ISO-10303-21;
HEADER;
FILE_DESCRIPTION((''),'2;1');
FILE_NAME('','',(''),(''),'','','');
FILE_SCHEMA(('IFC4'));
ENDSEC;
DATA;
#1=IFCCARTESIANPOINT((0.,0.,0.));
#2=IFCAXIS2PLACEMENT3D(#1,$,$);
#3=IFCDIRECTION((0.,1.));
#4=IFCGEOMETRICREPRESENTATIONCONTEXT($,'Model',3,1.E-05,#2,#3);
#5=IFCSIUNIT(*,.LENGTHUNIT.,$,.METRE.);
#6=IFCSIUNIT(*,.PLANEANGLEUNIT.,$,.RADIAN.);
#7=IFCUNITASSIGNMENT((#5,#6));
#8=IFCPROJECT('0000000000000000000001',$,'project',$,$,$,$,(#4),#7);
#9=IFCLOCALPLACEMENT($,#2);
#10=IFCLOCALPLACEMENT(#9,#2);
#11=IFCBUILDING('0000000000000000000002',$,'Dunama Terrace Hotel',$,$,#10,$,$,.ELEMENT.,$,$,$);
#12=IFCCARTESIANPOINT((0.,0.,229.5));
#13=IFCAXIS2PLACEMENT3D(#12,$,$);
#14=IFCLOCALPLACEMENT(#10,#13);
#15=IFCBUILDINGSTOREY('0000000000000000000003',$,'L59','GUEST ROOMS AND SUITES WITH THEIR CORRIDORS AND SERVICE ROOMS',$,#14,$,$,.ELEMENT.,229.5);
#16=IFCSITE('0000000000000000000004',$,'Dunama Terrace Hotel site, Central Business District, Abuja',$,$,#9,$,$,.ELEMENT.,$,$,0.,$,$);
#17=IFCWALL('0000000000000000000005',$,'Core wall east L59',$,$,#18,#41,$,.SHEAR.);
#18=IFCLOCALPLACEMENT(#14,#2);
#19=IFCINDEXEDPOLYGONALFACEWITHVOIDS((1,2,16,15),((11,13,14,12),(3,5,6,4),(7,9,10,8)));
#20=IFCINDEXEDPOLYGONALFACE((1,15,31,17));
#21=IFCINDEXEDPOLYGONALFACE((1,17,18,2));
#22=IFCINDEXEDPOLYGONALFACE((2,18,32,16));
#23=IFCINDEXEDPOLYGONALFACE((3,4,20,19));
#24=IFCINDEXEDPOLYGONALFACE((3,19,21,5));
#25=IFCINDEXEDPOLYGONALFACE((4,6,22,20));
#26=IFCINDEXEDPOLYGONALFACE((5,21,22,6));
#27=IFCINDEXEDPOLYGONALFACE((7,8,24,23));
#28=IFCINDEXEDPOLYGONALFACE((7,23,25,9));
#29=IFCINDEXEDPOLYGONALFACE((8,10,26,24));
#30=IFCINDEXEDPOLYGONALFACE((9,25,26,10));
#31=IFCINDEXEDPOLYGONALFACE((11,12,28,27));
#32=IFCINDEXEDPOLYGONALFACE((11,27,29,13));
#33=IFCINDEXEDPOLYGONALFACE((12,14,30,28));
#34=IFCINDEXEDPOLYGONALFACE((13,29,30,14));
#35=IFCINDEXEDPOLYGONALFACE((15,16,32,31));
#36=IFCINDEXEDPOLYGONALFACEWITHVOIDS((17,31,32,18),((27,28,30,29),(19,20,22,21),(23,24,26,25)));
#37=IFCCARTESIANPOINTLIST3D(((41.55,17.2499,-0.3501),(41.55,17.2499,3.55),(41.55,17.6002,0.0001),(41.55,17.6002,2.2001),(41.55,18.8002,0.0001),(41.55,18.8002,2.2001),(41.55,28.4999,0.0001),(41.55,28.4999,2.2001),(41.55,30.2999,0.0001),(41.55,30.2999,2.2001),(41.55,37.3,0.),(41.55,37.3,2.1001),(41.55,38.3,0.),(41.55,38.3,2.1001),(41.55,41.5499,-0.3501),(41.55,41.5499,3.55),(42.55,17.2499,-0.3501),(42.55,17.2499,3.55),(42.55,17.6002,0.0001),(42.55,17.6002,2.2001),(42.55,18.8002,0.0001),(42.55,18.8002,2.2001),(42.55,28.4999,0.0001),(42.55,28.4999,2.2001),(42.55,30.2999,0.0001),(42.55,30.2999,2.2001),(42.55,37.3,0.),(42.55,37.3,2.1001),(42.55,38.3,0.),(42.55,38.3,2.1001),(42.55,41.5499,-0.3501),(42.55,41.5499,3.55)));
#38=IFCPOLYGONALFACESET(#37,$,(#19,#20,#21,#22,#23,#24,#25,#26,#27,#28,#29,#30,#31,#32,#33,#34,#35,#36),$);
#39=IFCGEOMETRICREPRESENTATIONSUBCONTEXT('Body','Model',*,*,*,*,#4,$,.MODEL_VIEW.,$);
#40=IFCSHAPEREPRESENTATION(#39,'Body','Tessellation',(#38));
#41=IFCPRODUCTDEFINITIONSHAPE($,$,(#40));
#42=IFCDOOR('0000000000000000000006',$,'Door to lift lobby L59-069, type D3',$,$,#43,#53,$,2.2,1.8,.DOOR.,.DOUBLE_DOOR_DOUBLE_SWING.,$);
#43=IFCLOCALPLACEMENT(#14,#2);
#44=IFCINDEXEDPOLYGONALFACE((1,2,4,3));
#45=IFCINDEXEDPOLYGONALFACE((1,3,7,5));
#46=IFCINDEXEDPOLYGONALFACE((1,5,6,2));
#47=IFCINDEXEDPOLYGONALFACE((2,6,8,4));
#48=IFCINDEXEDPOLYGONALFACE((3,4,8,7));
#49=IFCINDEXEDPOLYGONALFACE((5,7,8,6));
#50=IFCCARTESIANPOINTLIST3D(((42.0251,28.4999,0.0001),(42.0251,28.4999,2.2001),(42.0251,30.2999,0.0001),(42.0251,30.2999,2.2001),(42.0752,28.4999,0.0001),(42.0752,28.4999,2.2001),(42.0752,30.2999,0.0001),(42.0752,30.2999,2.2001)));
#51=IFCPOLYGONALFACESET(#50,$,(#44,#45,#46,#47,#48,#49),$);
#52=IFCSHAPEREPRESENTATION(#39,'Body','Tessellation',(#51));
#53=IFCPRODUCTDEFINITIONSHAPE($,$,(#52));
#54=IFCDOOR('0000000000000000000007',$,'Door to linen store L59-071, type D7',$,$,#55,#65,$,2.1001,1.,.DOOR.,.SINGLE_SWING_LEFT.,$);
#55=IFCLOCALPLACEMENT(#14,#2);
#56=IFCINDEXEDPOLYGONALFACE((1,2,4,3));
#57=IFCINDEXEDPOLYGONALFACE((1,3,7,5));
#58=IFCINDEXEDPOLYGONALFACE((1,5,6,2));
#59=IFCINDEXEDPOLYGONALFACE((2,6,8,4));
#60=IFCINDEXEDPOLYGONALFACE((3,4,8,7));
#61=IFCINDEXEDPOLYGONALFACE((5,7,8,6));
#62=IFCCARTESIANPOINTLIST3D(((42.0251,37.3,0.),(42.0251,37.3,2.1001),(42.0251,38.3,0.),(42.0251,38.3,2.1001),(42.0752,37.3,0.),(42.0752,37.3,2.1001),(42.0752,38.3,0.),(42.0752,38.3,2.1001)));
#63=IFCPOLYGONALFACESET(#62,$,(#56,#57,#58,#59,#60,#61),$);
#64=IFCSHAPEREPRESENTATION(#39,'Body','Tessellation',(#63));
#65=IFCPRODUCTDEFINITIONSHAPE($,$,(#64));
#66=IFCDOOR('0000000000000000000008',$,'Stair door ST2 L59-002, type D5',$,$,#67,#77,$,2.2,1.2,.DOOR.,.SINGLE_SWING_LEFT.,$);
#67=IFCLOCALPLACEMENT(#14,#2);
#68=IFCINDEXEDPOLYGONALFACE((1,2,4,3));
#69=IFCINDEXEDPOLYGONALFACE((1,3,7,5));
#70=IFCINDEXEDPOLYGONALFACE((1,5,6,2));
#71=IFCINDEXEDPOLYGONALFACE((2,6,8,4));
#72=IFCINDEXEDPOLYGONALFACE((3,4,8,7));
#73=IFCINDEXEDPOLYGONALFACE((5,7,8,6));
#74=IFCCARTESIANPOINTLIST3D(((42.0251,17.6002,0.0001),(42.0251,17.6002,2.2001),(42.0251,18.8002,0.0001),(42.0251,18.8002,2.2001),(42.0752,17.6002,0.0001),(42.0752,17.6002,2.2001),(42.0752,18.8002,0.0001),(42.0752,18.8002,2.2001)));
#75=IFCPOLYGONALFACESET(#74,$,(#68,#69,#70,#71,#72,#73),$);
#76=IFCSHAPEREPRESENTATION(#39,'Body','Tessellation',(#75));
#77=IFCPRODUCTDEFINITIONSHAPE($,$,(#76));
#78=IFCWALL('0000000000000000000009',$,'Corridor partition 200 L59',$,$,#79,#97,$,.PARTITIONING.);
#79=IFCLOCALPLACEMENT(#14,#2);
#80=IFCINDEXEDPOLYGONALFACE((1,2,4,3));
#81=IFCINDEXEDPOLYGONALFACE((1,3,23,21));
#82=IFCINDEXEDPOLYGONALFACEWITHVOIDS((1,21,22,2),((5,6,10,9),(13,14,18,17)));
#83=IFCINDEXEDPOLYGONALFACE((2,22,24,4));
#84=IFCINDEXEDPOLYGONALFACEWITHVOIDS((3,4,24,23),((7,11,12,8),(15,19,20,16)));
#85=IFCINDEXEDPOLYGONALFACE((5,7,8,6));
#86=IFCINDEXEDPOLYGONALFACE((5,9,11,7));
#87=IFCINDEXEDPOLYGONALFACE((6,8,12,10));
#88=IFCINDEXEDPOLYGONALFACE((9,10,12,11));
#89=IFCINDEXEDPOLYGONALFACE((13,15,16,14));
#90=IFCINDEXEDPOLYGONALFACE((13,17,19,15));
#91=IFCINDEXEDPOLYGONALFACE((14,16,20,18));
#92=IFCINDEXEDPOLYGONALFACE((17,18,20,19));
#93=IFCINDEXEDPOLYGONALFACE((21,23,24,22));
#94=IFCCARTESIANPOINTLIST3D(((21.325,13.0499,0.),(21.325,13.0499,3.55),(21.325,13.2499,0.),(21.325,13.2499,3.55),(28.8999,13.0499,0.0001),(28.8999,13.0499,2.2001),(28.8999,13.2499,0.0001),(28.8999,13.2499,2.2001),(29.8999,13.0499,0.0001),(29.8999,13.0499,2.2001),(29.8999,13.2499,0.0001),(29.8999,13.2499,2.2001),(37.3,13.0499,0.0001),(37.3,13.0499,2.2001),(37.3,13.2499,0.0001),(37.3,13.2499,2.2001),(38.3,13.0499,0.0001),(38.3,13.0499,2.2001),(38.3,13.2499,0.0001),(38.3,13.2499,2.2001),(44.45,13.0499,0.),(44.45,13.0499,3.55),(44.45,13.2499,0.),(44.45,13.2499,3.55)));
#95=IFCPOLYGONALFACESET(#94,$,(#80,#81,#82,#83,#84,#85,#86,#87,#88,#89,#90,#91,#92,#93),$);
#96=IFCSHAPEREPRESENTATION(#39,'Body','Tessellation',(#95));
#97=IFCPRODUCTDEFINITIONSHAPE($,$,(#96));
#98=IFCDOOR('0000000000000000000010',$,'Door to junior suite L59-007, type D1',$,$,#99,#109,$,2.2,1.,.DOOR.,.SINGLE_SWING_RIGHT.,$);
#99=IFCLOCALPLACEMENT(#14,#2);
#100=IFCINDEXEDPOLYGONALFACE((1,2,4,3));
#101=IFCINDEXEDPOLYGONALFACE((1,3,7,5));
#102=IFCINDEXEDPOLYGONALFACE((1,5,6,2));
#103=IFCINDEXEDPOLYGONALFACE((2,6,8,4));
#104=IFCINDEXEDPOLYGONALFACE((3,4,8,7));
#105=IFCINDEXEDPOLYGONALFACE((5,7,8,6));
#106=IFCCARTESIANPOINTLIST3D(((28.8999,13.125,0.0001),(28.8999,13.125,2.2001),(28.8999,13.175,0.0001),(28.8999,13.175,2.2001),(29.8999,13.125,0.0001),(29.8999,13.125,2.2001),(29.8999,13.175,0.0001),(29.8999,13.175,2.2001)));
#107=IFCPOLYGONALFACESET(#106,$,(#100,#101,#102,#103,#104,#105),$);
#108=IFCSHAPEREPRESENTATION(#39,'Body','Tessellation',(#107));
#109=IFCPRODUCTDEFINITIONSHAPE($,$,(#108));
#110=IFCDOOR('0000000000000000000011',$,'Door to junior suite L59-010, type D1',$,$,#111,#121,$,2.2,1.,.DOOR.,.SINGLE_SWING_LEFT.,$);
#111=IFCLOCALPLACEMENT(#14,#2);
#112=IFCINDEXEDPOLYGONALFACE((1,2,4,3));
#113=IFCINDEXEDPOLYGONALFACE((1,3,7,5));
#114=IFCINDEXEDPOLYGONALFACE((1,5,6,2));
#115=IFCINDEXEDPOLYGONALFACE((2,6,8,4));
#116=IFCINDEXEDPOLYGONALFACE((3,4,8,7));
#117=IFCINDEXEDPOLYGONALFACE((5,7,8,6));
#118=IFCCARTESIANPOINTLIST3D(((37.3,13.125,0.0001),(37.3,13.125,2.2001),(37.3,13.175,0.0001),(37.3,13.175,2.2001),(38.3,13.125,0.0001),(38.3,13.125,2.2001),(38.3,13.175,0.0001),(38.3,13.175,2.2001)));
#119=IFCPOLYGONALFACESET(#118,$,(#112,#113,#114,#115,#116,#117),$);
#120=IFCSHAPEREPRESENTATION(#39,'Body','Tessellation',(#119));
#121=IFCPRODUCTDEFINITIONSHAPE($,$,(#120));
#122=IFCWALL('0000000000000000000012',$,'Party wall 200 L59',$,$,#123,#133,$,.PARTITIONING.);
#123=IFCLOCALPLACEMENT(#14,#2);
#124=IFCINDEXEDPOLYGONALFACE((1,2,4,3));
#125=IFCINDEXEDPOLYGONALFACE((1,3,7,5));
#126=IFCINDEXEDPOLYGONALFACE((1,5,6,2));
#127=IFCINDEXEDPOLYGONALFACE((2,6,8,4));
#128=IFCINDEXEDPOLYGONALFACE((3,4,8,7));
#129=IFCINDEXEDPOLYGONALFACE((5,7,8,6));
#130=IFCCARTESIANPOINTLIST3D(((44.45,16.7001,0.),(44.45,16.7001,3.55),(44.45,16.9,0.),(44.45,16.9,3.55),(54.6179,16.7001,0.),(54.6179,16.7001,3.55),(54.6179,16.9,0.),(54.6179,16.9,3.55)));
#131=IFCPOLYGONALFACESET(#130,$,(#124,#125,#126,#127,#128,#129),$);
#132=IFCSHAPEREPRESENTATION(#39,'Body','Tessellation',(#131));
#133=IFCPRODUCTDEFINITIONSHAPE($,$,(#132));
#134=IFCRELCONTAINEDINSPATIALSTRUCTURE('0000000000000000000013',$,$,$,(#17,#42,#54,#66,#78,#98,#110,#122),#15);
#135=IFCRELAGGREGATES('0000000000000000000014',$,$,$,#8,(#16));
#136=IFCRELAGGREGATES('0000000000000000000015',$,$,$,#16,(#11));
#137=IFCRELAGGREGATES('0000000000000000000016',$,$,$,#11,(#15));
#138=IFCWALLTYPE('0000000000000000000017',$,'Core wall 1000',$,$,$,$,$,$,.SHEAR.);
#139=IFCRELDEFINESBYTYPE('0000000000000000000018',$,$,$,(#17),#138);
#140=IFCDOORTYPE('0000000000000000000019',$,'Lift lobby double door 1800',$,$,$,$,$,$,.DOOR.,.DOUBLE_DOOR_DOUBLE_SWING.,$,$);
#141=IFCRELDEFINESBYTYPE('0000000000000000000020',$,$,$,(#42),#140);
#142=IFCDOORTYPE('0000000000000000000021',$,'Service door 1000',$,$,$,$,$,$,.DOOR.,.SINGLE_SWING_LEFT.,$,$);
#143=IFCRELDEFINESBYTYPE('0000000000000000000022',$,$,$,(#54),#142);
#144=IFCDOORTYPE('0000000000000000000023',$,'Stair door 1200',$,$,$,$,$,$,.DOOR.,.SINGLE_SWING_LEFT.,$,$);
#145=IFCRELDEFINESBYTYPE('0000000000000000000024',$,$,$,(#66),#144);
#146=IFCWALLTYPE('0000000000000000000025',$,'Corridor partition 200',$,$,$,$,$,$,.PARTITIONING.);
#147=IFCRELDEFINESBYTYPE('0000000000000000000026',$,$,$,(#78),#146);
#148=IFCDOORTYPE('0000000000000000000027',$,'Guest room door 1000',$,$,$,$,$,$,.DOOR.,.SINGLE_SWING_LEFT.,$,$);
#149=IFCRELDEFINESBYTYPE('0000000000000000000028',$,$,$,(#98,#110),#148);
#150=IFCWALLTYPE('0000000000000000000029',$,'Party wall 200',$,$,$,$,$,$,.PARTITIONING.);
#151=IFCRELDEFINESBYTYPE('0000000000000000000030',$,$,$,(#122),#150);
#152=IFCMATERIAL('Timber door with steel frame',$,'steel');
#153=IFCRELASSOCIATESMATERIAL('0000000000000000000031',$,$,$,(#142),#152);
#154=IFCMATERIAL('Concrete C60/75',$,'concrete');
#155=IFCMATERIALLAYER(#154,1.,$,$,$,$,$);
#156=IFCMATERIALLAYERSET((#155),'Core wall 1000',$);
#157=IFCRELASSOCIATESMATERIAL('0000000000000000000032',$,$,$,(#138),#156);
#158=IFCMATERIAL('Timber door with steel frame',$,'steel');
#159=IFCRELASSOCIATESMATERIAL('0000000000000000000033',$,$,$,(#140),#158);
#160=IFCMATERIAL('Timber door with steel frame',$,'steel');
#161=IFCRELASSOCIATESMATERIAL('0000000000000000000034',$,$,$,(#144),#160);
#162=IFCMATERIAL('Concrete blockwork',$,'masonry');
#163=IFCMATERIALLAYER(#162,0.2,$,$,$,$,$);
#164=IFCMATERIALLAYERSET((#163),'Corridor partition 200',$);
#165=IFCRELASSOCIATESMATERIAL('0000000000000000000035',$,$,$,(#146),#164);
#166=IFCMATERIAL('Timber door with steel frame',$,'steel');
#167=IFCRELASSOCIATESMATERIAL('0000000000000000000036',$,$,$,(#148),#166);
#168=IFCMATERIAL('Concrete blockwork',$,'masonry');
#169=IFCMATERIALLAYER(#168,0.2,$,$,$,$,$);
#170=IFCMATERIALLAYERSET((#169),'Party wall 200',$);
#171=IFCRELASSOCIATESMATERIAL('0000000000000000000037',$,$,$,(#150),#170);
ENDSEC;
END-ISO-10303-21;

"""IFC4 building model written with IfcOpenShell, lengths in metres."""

from ifc_helpers import new_model, si_unit, direction, frame, frame_2d, origin, place, context, subcontext, project, spatial, rectangle, extrude, material, layer, layer_set, type_object, element, fill, save


model = new_model("IFC4")

# Units and contexts
model_context = context("Model", 3, precision=1e-05, world=origin(), true_north=direction((0.0, 1.0)))
body_context = subcontext(model_context, "Body", "Model", "MODEL_VIEW")
ifc_project = project(units=[si_unit("LENGTHUNIT", "METRE"), si_unit("PLANEANGLEUNIT", "RADIAN")], contexts=[model_context])

# Site, building, storey
site_placement = place(None, origin())
site = spatial("IfcSite", under=ifc_project, at=site_placement, Name="Dunama Terrace Hotel site, Central Business District, Abuja", CompositionType="ELEMENT", RefElevation=0.0)
building_placement = place(site_placement, origin())
building = spatial("IfcBuilding", under=site, at=building_placement, Name="Dunama Terrace Hotel", CompositionType="ELEMENT")
storey_placement = place(building_placement, frame((0.0, 0.0, 229.5)))
storey = spatial("IfcBuildingStorey", under=building, at=storey_placement, Name="L59", Description="GUEST ROOMS AND SUITES WITH THEIR CORRIDORS AND SERVICE ROOMS", CompositionType="ELEMENT", Elevation=229.5)

# Shared definitions
ifc_material_1 = material(Name="Timber door with steel frame", Category="steel")
door_type_1 = type_object("IfcDoorType", Name="Service door 1000", OperationType="SINGLE_SWING_LEFT", PredefinedType="DOOR", material=ifc_material_1)

# Walls, openings, doors
ifc_material_2 = material(Name="Concrete C60/75", Category="concrete")
ifc_layer_1 = layer(ifc_material_2, 1.0)
ifc_layer_set_1 = layer_set([ifc_layer_1], Name="Core wall 1000")
wall_type_1 = type_object("IfcWallType", Name="Core wall 1000", PredefinedType="SHEAR", material=ifc_layer_set_1)
wall_1_placement = place(storey_placement, frame((42.05, 17.25, -0.3501), z_axis=(0.0, 0.0, 1.0), x_axis=(0.0, 1.0, 0.0)))
wall_1 = element("IfcWall", 1, at=wall_1_placement, inside=storey, type_object=wall_type_1, Name="Core wall east L59", PredefinedType="SHEAR", context=body_context, shape_type="SweptSolid", body=[
    extrude(rectangle(XDim=24.3, YDim=1.0, at=frame_2d((12.1499, 0.0))), origin(), (0.0, 0.0, 1.0), 3.9001),
])
opening_1_placement = place(wall_1_placement, frame((0.3501, 0.0, 0.3501)))
opening_1 = element("IfcOpeningElement", 2, at=opening_1_placement, cuts=wall_1, PredefinedType="OPENING", context=body_context, shape_type="SweptSolid", body=[
    extrude(rectangle(XDim=1.2, YDim=2.2, at=frame_2d((0.6001, 1.1001))), frame((0.0, 0.51, 0.0), z_axis=(0.0, -1.0, 0.0), x_axis=(1.0, 0.0, 0.0)), (0.0, 0.0, 1.0), 1.02),
])
opening_2_placement = place(wall_1_placement, frame((11.25, 0.0, 0.3501)))
opening_2 = element("IfcOpeningElement", 3, at=opening_2_placement, cuts=wall_1, PredefinedType="OPENING", context=body_context, shape_type="SweptSolid", body=[
    extrude(rectangle(XDim=1.8, YDim=2.2, at=frame_2d((0.8999, 1.1001))), frame((0.0, 0.51, 0.0), z_axis=(0.0, -1.0, 0.0), x_axis=(1.0, 0.0, 0.0)), (0.0, 0.0, 1.0), 1.02),
])
opening_3_placement = place(wall_1_placement, frame((20.05, 0.0, 0.3501)))
opening_3 = element("IfcOpeningElement", 4, at=opening_3_placement, cuts=wall_1, PredefinedType="OPENING", context=body_context, shape_type="SweptSolid", body=[
    extrude(rectangle(XDim=1.0, YDim=2.1001, at=frame_2d((0.5, 1.05))), frame((0.0, 0.51, 0.0), z_axis=(0.0, -1.0, 0.0), x_axis=(1.0, 0.0, 0.0)), (0.0, 0.0, 1.0), 1.02),
])
ifc_material_3 = material(Name="Timber door with steel frame", Category="steel")
door_type_2 = type_object("IfcDoorType", Name="Lift lobby double door 1800", OperationType="DOUBLE_DOOR_DOUBLE_SWING", PredefinedType="DOOR", material=ifc_material_3)
door_1_placement = place(opening_2_placement, origin())
door_1 = element("IfcDoor", 5, at=door_1_placement, inside=storey, type_object=door_type_2, Name="Door to lift lobby L59-069, type D3", OperationType="DOUBLE_DOOR_DOUBLE_SWING", OverallHeight=2.2, OverallWidth=1.8, PredefinedType="DOOR", context=body_context, shape_type="SweptSolid", body=[
    extrude(rectangle(XDim=1.8, YDim=2.2, at=frame_2d((0.8999, 1.1001))), frame((0.0, 0.0249, 0.0), z_axis=(0.0, -1.0, 0.0), x_axis=(1.0, 0.0, 0.0)), (0.0, 0.0, 1.0), 0.05),
])
fill(opening_2, door_1)
door_2_placement = place(opening_3_placement, origin())
door_2 = element("IfcDoor", 6, at=door_2_placement, inside=storey, type_object=door_type_1, Name="Door to linen store L59-071, type D7", OperationType="SINGLE_SWING_LEFT", OverallHeight=2.1001, OverallWidth=1.0, PredefinedType="DOOR", context=body_context, shape_type="SweptSolid", body=[
    extrude(rectangle(XDim=1.0, YDim=2.1001, at=frame_2d((0.5, 1.05))), frame((0.0, 0.0249, 0.0), z_axis=(0.0, -1.0, 0.0), x_axis=(1.0, 0.0, 0.0)), (0.0, 0.0, 1.0), 0.05),
])
fill(opening_3, door_2)
ifc_material_4 = material(Name="Timber door with steel frame", Category="steel")
door_type_3 = type_object("IfcDoorType", Name="Stair door 1200", OperationType="SINGLE_SWING_LEFT", PredefinedType="DOOR", material=ifc_material_4)
door_3_placement = place(opening_1_placement, origin())
door_3 = element("IfcDoor", 7, at=door_3_placement, inside=storey, type_object=door_type_3, Name="Stair door ST2 L59-002, type D5", OperationType="SINGLE_SWING_LEFT", OverallHeight=2.2, OverallWidth=1.2, PredefinedType="DOOR", context=body_context, shape_type="SweptSolid", body=[
    extrude(rectangle(XDim=1.2, YDim=2.2, at=frame_2d((0.6001, 1.1001))), frame((0.0, 0.0249, 0.0), z_axis=(0.0, -1.0, 0.0), x_axis=(1.0, 0.0, 0.0)), (0.0, 0.0, 1.0), 0.05),
])
fill(opening_1, door_3)
ifc_material_5 = material(Name="Concrete blockwork", Category="masonry")
ifc_layer_2 = layer(ifc_material_5, 0.2)
ifc_layer_set_2 = layer_set([ifc_layer_2], Name="Corridor partition 200")
wall_type_2 = type_object("IfcWallType", Name="Corridor partition 200", PredefinedType="PARTITIONING", material=ifc_layer_set_2)
wall_2_placement = place(storey_placement, frame((44.45, 13.1499, 0.0), z_axis=(0.0, 0.0, 1.0), x_axis=(-1.0, 0.0, 0.0)))
wall_2 = element("IfcWall", 8, at=wall_2_placement, inside=storey, type_object=wall_type_2, Name="Corridor partition 200 L59", PredefinedType="PARTITIONING", context=body_context, shape_type="SweptSolid", body=[
    extrude(rectangle(XDim=23.125, YDim=0.2, at=frame_2d((11.5625, 0.0))), origin(), (0.0, 0.0, 1.0), 3.55),
])
opening_4_placement = place(wall_2_placement, frame((14.55, 0.0, 0.0)))
opening_4 = element("IfcOpeningElement", 9, at=opening_4_placement, cuts=wall_2, PredefinedType="OPENING", context=body_context, shape_type="SweptSolid", body=[
    extrude(rectangle(XDim=1.0, YDim=2.2, at=frame_2d((0.5, 1.1001))), frame((0.0, 0.1099, 0.0), z_axis=(0.0, -1.0, 0.0), x_axis=(1.0, 0.0, 0.0)), (0.0, 0.0, 1.0), 0.22),
])
opening_5_placement = place(wall_2_placement, frame((6.1499, 0.0, 0.0)))
opening_5 = element("IfcOpeningElement", 10, at=opening_5_placement, cuts=wall_2, PredefinedType="OPENING", context=body_context, shape_type="SweptSolid", body=[
    extrude(rectangle(XDim=1.0, YDim=2.2, at=frame_2d((0.5, 1.1001))), frame((0.0, 0.1099, 0.0), z_axis=(0.0, -1.0, 0.0), x_axis=(1.0, 0.0, 0.0)), (0.0, 0.0, 1.0), 0.22),
])
ifc_material_6 = material(Name="Timber door with steel frame", Category="steel")
door_type_4 = type_object("IfcDoorType", Name="Guest room door 1000", OperationType="SINGLE_SWING_LEFT", PredefinedType="DOOR", material=ifc_material_6)
door_4_placement = place(opening_4_placement, origin())
door_4 = element("IfcDoor", 11, at=door_4_placement, inside=storey, type_object=door_type_4, Name="Door to junior suite L59-007, type D1", OperationType="SINGLE_SWING_RIGHT", OverallHeight=2.2, OverallWidth=1.0, PredefinedType="DOOR", context=body_context, shape_type="SweptSolid", body=[
    extrude(rectangle(XDim=1.0, YDim=2.2, at=frame_2d((0.5, 1.1001))), frame((0.0, 0.0249, 0.0), z_axis=(0.0, -1.0, 0.0), x_axis=(1.0, 0.0, 0.0)), (0.0, 0.0, 1.0), 0.05),
])
fill(opening_4, door_4)
door_5_placement = place(opening_5_placement, origin())
door_5 = element("IfcDoor", 12, at=door_5_placement, inside=storey, type_object=door_type_4, Name="Door to junior suite L59-010, type D1", OperationType="SINGLE_SWING_LEFT", OverallHeight=2.2, OverallWidth=1.0, PredefinedType="DOOR", context=body_context, shape_type="SweptSolid", body=[
    extrude(rectangle(XDim=1.0, YDim=2.2, at=frame_2d((0.5, 1.1001))), frame((0.0, 0.0249, 0.0), z_axis=(0.0, -1.0, 0.0), x_axis=(1.0, 0.0, 0.0)), (0.0, 0.0, 1.0), 0.05),
])
fill(opening_5, door_5)

# Wall
ifc_material_7 = material(Name="Concrete blockwork", Category="masonry")
ifc_layer_3 = layer(ifc_material_7, 0.2)
ifc_layer_set_3 = layer_set([ifc_layer_3], Name="Party wall 200")
wall_type_3 = type_object("IfcWallType", Name="Party wall 200", PredefinedType="PARTITIONING", material=ifc_layer_set_3)
wall_3_placement = place(storey_placement, frame((44.45, 16.8, 0.0), z_axis=(0.0, 0.0, 1.0), x_axis=(1.0, 0.0, 0.0)))
element("IfcWall", 13, at=wall_3_placement, inside=storey, type_object=wall_type_3, Name="Party wall 200 L59", PredefinedType="PARTITIONING", context=body_context, shape_type="SweptSolid", body=[
    extrude(rectangle(XDim=10.168, YDim=0.2, at=frame_2d((5.084, 0.0))), origin(), (0.0, 0.0, 1.0), 3.55),
])

save(model, "model.ifc")
